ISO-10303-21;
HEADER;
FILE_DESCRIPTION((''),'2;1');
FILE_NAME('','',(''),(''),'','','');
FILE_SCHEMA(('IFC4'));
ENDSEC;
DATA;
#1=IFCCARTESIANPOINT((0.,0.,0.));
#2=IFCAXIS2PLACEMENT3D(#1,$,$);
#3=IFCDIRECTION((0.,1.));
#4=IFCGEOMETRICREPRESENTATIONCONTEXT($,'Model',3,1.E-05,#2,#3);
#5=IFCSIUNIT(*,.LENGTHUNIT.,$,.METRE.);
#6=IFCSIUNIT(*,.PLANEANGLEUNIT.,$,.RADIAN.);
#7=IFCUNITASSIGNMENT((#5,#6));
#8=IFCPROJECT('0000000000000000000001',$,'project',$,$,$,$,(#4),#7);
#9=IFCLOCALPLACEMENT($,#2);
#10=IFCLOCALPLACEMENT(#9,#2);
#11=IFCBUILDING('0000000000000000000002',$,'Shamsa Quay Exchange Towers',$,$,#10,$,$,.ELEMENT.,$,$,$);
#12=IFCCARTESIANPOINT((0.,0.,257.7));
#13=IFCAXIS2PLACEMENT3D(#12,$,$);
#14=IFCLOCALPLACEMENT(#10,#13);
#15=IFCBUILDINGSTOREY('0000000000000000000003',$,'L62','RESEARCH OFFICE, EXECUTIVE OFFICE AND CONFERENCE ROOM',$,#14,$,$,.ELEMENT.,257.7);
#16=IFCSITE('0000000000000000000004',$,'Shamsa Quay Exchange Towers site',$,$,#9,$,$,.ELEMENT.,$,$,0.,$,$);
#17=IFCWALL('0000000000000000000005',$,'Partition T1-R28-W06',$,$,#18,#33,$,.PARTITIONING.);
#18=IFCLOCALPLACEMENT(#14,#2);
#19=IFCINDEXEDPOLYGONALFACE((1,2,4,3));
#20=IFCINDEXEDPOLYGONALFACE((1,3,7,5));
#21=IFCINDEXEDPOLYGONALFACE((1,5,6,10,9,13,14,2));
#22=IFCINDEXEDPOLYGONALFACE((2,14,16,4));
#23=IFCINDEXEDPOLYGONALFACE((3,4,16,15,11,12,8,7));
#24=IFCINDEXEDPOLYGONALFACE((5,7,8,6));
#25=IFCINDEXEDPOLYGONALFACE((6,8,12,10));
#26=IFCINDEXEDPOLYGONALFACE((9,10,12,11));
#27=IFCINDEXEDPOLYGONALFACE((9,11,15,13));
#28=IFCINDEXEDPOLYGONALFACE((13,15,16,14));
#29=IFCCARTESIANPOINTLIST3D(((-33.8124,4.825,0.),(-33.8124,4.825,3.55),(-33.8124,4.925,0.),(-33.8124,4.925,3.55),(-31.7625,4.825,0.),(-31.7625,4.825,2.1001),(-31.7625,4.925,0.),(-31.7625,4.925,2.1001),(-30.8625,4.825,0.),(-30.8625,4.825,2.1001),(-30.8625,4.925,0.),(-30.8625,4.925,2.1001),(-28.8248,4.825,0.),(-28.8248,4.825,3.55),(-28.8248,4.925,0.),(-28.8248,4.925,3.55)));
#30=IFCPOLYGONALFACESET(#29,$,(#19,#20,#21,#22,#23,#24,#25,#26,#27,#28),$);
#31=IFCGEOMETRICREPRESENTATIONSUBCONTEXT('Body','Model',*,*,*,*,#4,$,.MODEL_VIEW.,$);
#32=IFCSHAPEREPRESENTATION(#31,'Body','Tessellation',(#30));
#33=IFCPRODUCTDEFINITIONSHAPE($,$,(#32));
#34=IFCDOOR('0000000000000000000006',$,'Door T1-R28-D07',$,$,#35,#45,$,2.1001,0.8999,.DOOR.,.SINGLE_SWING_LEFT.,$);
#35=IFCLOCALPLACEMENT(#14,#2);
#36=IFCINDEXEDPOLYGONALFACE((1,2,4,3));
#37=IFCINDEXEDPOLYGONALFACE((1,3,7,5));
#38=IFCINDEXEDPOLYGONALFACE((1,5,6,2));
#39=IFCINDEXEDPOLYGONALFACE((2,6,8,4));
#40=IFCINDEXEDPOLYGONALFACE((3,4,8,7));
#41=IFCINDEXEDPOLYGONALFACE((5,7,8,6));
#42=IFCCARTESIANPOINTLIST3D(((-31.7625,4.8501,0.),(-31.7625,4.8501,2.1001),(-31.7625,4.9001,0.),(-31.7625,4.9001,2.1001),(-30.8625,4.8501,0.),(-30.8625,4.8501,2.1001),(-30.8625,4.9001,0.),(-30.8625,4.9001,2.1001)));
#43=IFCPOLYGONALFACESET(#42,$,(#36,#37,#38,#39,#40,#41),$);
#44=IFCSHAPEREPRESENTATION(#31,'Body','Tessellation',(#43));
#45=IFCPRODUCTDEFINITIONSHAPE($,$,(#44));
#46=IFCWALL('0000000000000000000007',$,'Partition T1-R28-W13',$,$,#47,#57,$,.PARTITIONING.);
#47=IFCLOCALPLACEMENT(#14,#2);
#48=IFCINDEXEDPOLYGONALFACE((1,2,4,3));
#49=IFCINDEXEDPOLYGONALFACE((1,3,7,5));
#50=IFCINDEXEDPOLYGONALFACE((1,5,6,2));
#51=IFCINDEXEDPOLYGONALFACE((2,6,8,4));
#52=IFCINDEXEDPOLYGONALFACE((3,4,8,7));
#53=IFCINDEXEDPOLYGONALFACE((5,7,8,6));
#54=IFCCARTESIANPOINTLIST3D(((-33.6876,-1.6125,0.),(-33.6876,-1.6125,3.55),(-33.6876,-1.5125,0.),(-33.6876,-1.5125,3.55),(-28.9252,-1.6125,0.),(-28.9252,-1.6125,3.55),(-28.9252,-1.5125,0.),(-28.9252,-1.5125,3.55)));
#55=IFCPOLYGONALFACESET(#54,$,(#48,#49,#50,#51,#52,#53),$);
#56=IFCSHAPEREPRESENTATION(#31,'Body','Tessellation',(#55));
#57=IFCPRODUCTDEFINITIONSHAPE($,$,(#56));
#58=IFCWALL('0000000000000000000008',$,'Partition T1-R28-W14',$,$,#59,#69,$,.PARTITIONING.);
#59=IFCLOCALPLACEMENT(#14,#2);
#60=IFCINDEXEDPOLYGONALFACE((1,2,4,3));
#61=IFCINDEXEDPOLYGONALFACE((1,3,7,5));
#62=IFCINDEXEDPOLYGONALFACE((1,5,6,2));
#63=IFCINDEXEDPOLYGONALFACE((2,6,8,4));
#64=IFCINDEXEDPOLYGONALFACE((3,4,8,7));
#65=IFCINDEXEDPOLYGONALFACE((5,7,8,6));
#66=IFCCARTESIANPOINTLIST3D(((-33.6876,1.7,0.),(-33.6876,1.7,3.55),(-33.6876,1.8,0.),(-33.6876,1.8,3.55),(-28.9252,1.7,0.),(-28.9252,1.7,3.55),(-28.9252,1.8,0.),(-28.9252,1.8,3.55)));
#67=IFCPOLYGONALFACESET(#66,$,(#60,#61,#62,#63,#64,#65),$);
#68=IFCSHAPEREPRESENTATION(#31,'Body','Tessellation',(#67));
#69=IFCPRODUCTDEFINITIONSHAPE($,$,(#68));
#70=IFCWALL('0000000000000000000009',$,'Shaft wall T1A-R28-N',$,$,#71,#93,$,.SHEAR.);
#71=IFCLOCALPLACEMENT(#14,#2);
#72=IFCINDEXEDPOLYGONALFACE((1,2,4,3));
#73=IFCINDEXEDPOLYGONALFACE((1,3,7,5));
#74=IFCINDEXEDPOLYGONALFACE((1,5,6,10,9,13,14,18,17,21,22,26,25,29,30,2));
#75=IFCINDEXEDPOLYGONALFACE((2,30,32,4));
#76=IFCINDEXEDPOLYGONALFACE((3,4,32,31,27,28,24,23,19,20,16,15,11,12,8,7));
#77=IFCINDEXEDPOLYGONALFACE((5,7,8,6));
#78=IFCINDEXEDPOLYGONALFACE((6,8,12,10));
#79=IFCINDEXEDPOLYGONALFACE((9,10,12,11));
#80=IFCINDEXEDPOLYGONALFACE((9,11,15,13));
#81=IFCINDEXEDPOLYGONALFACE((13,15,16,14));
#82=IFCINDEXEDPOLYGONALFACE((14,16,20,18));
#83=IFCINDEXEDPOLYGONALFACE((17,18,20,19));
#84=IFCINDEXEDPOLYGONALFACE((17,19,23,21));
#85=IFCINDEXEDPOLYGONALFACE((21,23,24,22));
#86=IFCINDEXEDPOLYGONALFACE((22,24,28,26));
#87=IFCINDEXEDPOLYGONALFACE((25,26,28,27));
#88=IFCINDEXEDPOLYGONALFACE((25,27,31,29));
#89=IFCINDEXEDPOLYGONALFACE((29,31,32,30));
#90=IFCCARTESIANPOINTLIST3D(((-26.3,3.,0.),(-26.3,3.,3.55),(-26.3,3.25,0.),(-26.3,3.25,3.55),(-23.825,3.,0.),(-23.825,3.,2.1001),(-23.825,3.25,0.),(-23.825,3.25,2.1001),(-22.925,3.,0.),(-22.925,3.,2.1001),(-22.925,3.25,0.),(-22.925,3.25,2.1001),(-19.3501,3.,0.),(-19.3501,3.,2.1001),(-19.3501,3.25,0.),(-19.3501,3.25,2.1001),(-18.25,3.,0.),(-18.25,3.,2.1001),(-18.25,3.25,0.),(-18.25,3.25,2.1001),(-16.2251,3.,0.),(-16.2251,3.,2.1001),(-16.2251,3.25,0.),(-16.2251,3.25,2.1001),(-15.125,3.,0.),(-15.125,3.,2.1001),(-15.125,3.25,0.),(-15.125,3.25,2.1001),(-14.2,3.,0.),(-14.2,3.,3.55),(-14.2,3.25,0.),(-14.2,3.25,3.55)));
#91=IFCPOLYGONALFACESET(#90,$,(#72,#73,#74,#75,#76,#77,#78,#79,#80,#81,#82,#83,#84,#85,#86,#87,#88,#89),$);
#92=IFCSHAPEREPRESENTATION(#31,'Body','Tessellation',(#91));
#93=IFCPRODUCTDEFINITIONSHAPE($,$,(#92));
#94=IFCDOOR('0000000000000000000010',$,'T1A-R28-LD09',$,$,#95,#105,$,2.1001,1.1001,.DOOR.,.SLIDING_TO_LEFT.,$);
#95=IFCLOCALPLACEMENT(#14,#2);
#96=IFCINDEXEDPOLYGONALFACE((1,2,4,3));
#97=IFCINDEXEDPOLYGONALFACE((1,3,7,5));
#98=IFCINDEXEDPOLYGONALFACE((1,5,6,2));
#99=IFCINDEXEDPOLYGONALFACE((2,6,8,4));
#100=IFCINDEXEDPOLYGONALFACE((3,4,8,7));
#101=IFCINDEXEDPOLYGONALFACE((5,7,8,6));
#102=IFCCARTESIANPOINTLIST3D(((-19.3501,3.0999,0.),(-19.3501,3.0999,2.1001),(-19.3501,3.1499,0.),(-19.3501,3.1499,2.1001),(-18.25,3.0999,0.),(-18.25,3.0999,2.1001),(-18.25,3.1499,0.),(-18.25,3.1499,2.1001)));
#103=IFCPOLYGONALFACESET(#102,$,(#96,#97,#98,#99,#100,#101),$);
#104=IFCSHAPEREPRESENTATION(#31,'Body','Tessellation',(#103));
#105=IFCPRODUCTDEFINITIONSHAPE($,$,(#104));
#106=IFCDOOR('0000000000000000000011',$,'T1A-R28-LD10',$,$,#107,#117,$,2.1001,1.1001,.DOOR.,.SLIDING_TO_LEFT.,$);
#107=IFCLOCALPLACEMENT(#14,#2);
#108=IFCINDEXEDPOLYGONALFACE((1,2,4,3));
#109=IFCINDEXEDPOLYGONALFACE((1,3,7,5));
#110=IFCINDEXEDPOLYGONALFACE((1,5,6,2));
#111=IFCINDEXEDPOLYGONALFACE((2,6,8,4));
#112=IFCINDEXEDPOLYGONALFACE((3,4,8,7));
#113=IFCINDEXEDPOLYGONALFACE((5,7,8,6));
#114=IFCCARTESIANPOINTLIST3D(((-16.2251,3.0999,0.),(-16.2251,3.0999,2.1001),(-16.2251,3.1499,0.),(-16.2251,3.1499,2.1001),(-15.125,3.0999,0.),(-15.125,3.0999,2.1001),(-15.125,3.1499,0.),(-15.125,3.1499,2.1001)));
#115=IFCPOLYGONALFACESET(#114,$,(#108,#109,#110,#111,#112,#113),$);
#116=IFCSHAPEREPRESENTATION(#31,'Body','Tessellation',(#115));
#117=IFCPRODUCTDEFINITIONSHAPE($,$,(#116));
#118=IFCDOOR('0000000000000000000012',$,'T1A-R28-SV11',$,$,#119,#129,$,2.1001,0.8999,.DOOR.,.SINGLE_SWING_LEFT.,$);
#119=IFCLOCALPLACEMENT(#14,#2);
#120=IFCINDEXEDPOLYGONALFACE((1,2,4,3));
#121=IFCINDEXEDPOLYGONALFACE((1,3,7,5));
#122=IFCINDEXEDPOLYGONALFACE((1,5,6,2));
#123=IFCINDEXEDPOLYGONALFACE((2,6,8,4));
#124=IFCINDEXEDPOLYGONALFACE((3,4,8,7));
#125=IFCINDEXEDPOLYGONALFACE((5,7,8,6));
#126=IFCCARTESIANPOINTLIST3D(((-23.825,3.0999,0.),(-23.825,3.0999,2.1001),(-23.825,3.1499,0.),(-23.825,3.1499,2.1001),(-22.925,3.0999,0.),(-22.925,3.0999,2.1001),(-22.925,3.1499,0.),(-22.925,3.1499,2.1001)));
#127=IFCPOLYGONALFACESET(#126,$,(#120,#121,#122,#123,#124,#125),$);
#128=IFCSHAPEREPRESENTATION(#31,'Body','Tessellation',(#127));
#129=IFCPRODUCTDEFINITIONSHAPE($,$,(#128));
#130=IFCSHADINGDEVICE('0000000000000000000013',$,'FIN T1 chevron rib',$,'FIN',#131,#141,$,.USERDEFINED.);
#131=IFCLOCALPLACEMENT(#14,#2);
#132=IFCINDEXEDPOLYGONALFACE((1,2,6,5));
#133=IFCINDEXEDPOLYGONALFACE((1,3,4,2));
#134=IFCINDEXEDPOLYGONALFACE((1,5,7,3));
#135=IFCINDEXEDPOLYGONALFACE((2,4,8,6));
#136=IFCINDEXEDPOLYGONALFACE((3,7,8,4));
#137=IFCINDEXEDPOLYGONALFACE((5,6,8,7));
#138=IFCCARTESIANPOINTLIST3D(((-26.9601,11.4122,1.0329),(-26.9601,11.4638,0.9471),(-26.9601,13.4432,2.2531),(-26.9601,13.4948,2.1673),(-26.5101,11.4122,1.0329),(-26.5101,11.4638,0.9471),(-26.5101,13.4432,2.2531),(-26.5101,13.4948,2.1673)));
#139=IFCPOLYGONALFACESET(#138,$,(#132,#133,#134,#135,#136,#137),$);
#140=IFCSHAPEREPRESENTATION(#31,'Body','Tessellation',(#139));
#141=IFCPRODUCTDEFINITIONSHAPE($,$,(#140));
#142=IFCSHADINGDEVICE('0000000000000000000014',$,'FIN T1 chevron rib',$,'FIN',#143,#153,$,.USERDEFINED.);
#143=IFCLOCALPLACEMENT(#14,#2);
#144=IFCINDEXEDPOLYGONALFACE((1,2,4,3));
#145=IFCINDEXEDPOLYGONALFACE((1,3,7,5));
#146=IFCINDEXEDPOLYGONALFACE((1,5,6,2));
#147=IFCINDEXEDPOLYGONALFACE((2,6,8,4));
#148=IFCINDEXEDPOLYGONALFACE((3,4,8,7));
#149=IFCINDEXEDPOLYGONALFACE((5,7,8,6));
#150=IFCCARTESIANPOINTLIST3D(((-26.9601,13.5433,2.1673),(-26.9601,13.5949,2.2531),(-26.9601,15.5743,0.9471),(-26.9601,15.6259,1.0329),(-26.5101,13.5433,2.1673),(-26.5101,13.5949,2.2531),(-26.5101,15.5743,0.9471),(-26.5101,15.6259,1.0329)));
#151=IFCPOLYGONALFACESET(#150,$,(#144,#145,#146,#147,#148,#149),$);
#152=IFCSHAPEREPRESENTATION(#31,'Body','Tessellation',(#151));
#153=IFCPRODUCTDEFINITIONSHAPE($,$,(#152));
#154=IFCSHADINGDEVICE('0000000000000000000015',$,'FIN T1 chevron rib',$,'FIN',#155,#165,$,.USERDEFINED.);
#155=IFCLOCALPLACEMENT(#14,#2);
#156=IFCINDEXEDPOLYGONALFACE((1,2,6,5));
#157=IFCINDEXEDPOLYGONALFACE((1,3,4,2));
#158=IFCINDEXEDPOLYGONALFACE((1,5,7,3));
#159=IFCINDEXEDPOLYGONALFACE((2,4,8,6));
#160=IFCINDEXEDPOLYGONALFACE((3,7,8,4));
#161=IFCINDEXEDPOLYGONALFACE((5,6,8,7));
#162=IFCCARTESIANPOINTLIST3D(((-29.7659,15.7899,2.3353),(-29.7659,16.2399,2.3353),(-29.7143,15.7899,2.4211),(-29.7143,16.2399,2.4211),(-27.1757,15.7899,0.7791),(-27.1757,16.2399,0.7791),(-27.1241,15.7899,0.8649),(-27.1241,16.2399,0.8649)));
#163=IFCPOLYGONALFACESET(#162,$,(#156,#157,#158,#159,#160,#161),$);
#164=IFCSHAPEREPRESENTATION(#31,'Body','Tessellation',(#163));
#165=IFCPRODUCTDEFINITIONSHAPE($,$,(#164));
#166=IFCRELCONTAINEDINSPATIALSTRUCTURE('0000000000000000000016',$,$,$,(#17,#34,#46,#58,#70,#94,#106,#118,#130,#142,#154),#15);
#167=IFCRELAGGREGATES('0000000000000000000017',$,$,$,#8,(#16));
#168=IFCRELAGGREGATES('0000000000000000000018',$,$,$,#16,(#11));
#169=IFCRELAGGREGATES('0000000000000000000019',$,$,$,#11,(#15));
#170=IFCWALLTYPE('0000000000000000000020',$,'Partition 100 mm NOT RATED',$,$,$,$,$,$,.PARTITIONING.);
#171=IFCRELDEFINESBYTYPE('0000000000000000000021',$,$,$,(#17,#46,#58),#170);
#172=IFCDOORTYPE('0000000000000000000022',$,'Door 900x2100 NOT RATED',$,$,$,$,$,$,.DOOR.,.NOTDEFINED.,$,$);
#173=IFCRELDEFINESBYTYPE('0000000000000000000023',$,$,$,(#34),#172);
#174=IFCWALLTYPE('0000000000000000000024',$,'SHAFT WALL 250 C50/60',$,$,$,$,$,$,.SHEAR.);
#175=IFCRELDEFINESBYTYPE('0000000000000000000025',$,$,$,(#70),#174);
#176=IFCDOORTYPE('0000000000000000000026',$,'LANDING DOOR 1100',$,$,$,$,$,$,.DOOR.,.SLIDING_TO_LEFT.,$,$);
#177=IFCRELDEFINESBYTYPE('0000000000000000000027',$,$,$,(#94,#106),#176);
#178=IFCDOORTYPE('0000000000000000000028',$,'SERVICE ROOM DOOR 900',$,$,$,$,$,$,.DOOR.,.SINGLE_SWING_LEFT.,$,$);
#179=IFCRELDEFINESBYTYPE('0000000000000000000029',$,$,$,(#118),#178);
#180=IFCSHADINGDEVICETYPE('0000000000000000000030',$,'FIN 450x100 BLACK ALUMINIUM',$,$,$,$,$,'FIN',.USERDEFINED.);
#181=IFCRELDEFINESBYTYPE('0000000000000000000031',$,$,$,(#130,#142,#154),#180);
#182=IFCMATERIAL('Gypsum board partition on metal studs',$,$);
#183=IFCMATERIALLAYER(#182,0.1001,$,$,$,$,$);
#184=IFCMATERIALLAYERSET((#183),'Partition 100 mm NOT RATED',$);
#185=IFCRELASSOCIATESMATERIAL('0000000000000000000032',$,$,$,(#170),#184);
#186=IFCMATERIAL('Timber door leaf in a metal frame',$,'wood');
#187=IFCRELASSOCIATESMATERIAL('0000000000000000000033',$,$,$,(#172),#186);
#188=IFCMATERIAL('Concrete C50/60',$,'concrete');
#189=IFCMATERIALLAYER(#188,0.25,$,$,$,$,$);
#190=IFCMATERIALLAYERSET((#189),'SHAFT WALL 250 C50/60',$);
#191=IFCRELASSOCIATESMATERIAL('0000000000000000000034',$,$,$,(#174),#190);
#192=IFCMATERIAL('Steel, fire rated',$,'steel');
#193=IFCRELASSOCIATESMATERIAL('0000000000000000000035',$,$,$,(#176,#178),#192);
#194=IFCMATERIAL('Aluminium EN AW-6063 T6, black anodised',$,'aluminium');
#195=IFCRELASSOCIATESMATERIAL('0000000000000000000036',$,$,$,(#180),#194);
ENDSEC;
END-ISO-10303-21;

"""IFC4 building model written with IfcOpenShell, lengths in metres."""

from ifc_helpers import new_model, si_unit, direction, frame, frame_2d, origin, origin_2d, place, context, subcontext, project, spatial, rectangle, extrude, material, layer, layer_set, material_profile, profile_set, type_object, element, fill, save


model = new_model("IFC4")

# Units and contexts
model_context = context("Model", 3, precision=1e-05, world=origin(), true_north=direction((0.0, 1.0)))
body_context = subcontext(model_context, "Body", "Model", "MODEL_VIEW")
ifc_project = project(units=[si_unit("LENGTHUNIT", "METRE"), si_unit("PLANEANGLEUNIT", "RADIAN")], contexts=[model_context])

# Site, building, storey
site_placement = place(None, origin())
site = spatial("IfcSite", under=ifc_project, at=site_placement, Name="Shamsa Quay Exchange Towers site", CompositionType="ELEMENT", RefElevation=0.0)
building_placement = place(site_placement, origin())
building = spatial("IfcBuilding", under=site, at=building_placement, Name="Shamsa Quay Exchange Towers", CompositionType="ELEMENT")
storey_placement = place(building_placement, frame((0.0, 0.0, 257.7)))
storey = spatial("IfcBuildingStorey", under=building, at=storey_placement, Name="L62", Description="RESEARCH OFFICE, EXECUTIVE OFFICE AND CONFERENCE ROOM", CompositionType="ELEMENT", Elevation=257.7)

# Shared definitions
ifc_material_1 = material(Name="Aluminium EN AW-6063 T6, black anodised", Category="aluminium")

# Shared definitions
ifc_material_2 = material(Name="Timber door leaf in a metal frame", Category="wood")

# Shared definitions
ifc_material_3 = material(Name="Steel, fire rated", Category="steel")

# Wall, opening, door
ifc_material_4 = material(Name="Gypsum board partition on metal studs")
ifc_layer_1 = layer(ifc_material_4, 0.1001)
ifc_layer_set_1 = layer_set([ifc_layer_1], Name="Partition 100 mm NOT RATED")
wall_type_1 = type_object("IfcWallType", Name="Partition 100 mm NOT RATED", PredefinedType="PARTITIONING", material=ifc_layer_set_1)
wall_1_placement = place(storey_placement, frame((-28.825, 4.875, 0.0), z_axis=(0.0, 0.0, 1.0), x_axis=(-1.0, 0.0, 0.0)))
wall_1 = element("IfcWall", 1, at=wall_1_placement, inside=storey, type_object=wall_type_1, Name="Partition T1-R28-W06", PredefinedType="PARTITIONING", context=body_context, shape_type="SweptSolid", body=[
    extrude(rectangle(XDim=4.9875, YDim=0.1001, at=frame_2d((2.4937, 0.0))), origin(), (0.0, 0.0, 1.0), 3.55),
])
opening_1_placement = place(wall_1_placement, frame((2.0376, 0.0, 0.0)))
opening_1 = element("IfcOpeningElement", 2, at=opening_1_placement, cuts=wall_1, PredefinedType="OPENING", context=body_context, shape_type="SweptSolid", body=[
    extrude(rectangle(XDim=0.8999, YDim=2.1001, at=frame_2d((0.45, 1.05))), frame((0.0, 0.0601, 0.0), z_axis=(0.0, -1.0, 0.0), x_axis=(1.0, 0.0, 0.0)), (0.0, 0.0, 1.0), 0.1201),
])
door_type_1 = type_object("IfcDoorType", Name="Door 900x2100 NOT RATED", OperationType="NOTDEFINED", PredefinedType="DOOR", material=ifc_material_2)
door_1_placement = place(opening_1_placement, origin())
door_1 = element("IfcDoor", 3, at=door_1_placement, inside=storey, type_object=door_type_1, Name="Door T1-R28-D07", OperationType="SINGLE_SWING_LEFT", OverallHeight=2.1001, OverallWidth=0.8999, PredefinedType="DOOR", context=body_context, shape_type="SweptSolid", body=[
    extrude(rectangle(XDim=0.8999, YDim=2.1001, at=frame_2d((0.45, 1.05))), frame((0.0, 0.0249, 0.0), z_axis=(0.0, -1.0, 0.0), x_axis=(1.0, 0.0, 0.0)), (0.0, 0.0, 1.0), 0.05),
])
fill(opening_1, door_1)

# Walls
for number, where, z_axis, x_axis, name in (
    (4, (-28.925, -1.5625, 0.0), (0.0, 0.0, 1.0), (-1.0, 0.0, 0.0), "Partition T1-R28-W13"),
    (5, (-28.925, 1.75, 0.0), (0.0, 0.0, 1.0), (-1.0, 0.0, 0.0), "Partition T1-R28-W14"),
):
    element("IfcWall", number, at=place(storey_placement, frame(where, z_axis=z_axis, x_axis=x_axis)), inside=storey, type_object=wall_type_1, Name=name, PredefinedType="PARTITIONING", context=body_context, shape_type="SweptSolid", body=[
        extrude(rectangle(XDim=4.7625, YDim=0.1001, at=frame_2d((2.3813, 0.0))), origin(), (0.0, 0.0, 1.0), 3.55),
    ])

# Wall, openings, doors
ifc_material_5 = material(Name="Concrete C50/60", Category="concrete")
ifc_layer_2 = layer(ifc_material_5, 0.25)
ifc_layer_set_2 = layer_set([ifc_layer_2], Name="SHAFT WALL 250 C50/60")
wall_type_2 = type_object("IfcWallType", Name="SHAFT WALL 250 C50/60", PredefinedType="SHEAR", material=ifc_layer_set_2)
wall_2_placement = place(storey_placement, frame((-26.3, 3.125, 0.0)))
wall_2 = element("IfcWall", 6, at=wall_2_placement, inside=storey, type_object=wall_type_2, Name="Shaft wall T1A-R28-N", PredefinedType="SHEAR", context=body_context, shape_type="SweptSolid", body=[
    extrude(rectangle(XDim=12.1001, YDim=0.25, at=frame_2d((6.05, 0.0))), origin(), (0.0, 0.0, 1.0), 3.55),
])
opening_2_placement = place(wall_2_placement, frame((6.95, 0.0, 0.0)))
opening_2 = element("IfcOpeningElement", 7, at=opening_2_placement, cuts=wall_2, PredefinedType="OPENING", context=body_context, shape_type="SweptSolid", body=[
    extrude(rectangle(XDim=1.1001, YDim=2.1001, at=frame_2d((0.55, 1.05))), frame((0.0, 0.135, 0.0), z_axis=(0.0, -1.0, 0.0), x_axis=(1.0, 0.0, 0.0)), (0.0, 0.0, 1.0), 0.27),
])
opening_3_placement = place(wall_2_placement, frame((10.075, 0.0, 0.0)))
opening_3 = element("IfcOpeningElement", 8, at=opening_3_placement, cuts=wall_2, PredefinedType="OPENING", context=body_context, shape_type="SweptSolid", body=[
    extrude(rectangle(XDim=1.1001, YDim=2.1001, at=frame_2d((0.55, 1.05))), frame((0.0, 0.135, 0.0), z_axis=(0.0, -1.0, 0.0), x_axis=(1.0, 0.0, 0.0)), (0.0, 0.0, 1.0), 0.27),
])
opening_4_placement = place(wall_2_placement, frame((2.4751, 0.0, 0.0)))
opening_4 = element("IfcOpeningElement", 9, at=opening_4_placement, cuts=wall_2, PredefinedType="OPENING", context=body_context, shape_type="SweptSolid", body=[
    extrude(rectangle(XDim=0.8999, YDim=2.1001, at=frame_2d((0.45, 1.05))), frame((0.0, 0.135, 0.0), z_axis=(0.0, -1.0, 0.0), x_axis=(1.0, 0.0, 0.0)), (0.0, 0.0, 1.0), 0.27),
])
door_type_2 = type_object("IfcDoorType", Name="LANDING DOOR 1100", OperationType="SLIDING_TO_LEFT", PredefinedType="DOOR", material=ifc_material_3)
door_2_placement = place(opening_2_placement, origin())
door_2 = element("IfcDoor", 10, at=door_2_placement, inside=storey, type_object=door_type_2, Name="T1A-R28-LD09", OperationType="SLIDING_TO_LEFT", OverallHeight=2.1001, OverallWidth=1.1001, PredefinedType="DOOR", context=body_context, shape_type="SweptSolid", body=[
    extrude(rectangle(XDim=1.1001, YDim=2.1001, at=frame_2d((0.55, 1.05))), frame((0.0, 0.0249, 0.0), z_axis=(0.0, -1.0, 0.0), x_axis=(1.0, 0.0, 0.0)), (0.0, 0.0, 1.0), 0.05),
])
fill(opening_2, door_2)
door_3_placement = place(opening_3_placement, origin())
door_3 = element("IfcDoor", 11, at=door_3_placement, inside=storey, type_object=door_type_2, Name="T1A-R28-LD10", OperationType="SLIDING_TO_LEFT", OverallHeight=2.1001, OverallWidth=1.1001, PredefinedType="DOOR", context=body_context, shape_type="SweptSolid", body=[
    extrude(rectangle(XDim=1.1001, YDim=2.1001, at=frame_2d((0.55, 1.05))), frame((0.0, 0.0249, 0.0), z_axis=(0.0, -1.0, 0.0), x_axis=(1.0, 0.0, 0.0)), (0.0, 0.0, 1.0), 0.05),
])
fill(opening_3, door_3)
door_type_3 = type_object("IfcDoorType", Name="SERVICE ROOM DOOR 900", OperationType="SINGLE_SWING_LEFT", PredefinedType="DOOR", material=ifc_material_3)
door_4_placement = place(opening_4_placement, origin())
door_4 = element("IfcDoor", 12, at=door_4_placement, inside=storey, type_object=door_type_3, Name="T1A-R28-SV11", OperationType="SINGLE_SWING_LEFT", OverallHeight=2.1001, OverallWidth=0.8999, PredefinedType="DOOR", context=body_context, shape_type="SweptSolid", body=[
    extrude(rectangle(XDim=0.8999, YDim=2.1001, at=frame_2d((0.45, 1.05))), frame((0.0, 0.0249, 0.0), z_axis=(0.0, -1.0, 0.0), x_axis=(1.0, 0.0, 0.0)), (0.0, 0.0, 1.0), 0.05),
])
fill(opening_4, door_4)

# Shading devices
ifc_material_profile_1 = material_profile(ifc_material_1, rectangle(XDim=0.45, YDim=0.1001, at=origin_2d()), Name="FIN450x100")
ifc_profile_set_1 = profile_set([ifc_material_profile_1], Name="Aluminium EN AW-6063 T6, black anodised")
shading_device_type = type_object("IfcShadingDeviceType", Name="FIN 450x100 BLACK ALUMINIUM", ElementType="FIN", PredefinedType="USERDEFINED", material=ifc_profile_set_1)
for number, where, z_axis, x_axis, name in (
    (13, (-26.7351, 11.438, 0.99), (0.0, 0.857193, 0.514996), (-1.0, 0.0, 0.0), "FIN T1 chevron rib"),
    (14, (-26.7351, 13.5691, 2.2102), (0.0, 0.857193, -0.514996), (-1.0, 0.0, 0.0), "FIN T1 chevron rib"),
):
    element("IfcShadingDevice", number, at=place(storey_placement, frame(where, z_axis=z_axis, x_axis=x_axis)), inside=storey, type_object=shading_device_type, Name=name, ObjectType="FIN", PredefinedType="USERDEFINED", context=body_context, shape_type="SweptSolid", body=[
        extrude(rectangle(XDim=0.45, YDim=0.1001, at=origin_2d()), origin(), (0.0, 0.0, 1.0), 2.3694),
    ])
shading_device_placement = place(storey_placement, frame((-27.1499, 16.0149, 0.822), z_axis=(-0.857186, 0.0, 0.515007), x_axis=(0.0, -1.0, 0.0)))
element("IfcShadingDevice", 15, at=shading_device_placement, inside=storey, type_object=shading_device_type, Name="FIN T1 chevron rib", ObjectType="FIN", PredefinedType="USERDEFINED", context=body_context, shape_type="SweptSolid", body=[
    extrude(rectangle(XDim=0.45, YDim=0.1001, at=origin_2d()), origin(), (0.0, 0.0, 1.0), 3.0217),
])

save(model, "model.ifc")
